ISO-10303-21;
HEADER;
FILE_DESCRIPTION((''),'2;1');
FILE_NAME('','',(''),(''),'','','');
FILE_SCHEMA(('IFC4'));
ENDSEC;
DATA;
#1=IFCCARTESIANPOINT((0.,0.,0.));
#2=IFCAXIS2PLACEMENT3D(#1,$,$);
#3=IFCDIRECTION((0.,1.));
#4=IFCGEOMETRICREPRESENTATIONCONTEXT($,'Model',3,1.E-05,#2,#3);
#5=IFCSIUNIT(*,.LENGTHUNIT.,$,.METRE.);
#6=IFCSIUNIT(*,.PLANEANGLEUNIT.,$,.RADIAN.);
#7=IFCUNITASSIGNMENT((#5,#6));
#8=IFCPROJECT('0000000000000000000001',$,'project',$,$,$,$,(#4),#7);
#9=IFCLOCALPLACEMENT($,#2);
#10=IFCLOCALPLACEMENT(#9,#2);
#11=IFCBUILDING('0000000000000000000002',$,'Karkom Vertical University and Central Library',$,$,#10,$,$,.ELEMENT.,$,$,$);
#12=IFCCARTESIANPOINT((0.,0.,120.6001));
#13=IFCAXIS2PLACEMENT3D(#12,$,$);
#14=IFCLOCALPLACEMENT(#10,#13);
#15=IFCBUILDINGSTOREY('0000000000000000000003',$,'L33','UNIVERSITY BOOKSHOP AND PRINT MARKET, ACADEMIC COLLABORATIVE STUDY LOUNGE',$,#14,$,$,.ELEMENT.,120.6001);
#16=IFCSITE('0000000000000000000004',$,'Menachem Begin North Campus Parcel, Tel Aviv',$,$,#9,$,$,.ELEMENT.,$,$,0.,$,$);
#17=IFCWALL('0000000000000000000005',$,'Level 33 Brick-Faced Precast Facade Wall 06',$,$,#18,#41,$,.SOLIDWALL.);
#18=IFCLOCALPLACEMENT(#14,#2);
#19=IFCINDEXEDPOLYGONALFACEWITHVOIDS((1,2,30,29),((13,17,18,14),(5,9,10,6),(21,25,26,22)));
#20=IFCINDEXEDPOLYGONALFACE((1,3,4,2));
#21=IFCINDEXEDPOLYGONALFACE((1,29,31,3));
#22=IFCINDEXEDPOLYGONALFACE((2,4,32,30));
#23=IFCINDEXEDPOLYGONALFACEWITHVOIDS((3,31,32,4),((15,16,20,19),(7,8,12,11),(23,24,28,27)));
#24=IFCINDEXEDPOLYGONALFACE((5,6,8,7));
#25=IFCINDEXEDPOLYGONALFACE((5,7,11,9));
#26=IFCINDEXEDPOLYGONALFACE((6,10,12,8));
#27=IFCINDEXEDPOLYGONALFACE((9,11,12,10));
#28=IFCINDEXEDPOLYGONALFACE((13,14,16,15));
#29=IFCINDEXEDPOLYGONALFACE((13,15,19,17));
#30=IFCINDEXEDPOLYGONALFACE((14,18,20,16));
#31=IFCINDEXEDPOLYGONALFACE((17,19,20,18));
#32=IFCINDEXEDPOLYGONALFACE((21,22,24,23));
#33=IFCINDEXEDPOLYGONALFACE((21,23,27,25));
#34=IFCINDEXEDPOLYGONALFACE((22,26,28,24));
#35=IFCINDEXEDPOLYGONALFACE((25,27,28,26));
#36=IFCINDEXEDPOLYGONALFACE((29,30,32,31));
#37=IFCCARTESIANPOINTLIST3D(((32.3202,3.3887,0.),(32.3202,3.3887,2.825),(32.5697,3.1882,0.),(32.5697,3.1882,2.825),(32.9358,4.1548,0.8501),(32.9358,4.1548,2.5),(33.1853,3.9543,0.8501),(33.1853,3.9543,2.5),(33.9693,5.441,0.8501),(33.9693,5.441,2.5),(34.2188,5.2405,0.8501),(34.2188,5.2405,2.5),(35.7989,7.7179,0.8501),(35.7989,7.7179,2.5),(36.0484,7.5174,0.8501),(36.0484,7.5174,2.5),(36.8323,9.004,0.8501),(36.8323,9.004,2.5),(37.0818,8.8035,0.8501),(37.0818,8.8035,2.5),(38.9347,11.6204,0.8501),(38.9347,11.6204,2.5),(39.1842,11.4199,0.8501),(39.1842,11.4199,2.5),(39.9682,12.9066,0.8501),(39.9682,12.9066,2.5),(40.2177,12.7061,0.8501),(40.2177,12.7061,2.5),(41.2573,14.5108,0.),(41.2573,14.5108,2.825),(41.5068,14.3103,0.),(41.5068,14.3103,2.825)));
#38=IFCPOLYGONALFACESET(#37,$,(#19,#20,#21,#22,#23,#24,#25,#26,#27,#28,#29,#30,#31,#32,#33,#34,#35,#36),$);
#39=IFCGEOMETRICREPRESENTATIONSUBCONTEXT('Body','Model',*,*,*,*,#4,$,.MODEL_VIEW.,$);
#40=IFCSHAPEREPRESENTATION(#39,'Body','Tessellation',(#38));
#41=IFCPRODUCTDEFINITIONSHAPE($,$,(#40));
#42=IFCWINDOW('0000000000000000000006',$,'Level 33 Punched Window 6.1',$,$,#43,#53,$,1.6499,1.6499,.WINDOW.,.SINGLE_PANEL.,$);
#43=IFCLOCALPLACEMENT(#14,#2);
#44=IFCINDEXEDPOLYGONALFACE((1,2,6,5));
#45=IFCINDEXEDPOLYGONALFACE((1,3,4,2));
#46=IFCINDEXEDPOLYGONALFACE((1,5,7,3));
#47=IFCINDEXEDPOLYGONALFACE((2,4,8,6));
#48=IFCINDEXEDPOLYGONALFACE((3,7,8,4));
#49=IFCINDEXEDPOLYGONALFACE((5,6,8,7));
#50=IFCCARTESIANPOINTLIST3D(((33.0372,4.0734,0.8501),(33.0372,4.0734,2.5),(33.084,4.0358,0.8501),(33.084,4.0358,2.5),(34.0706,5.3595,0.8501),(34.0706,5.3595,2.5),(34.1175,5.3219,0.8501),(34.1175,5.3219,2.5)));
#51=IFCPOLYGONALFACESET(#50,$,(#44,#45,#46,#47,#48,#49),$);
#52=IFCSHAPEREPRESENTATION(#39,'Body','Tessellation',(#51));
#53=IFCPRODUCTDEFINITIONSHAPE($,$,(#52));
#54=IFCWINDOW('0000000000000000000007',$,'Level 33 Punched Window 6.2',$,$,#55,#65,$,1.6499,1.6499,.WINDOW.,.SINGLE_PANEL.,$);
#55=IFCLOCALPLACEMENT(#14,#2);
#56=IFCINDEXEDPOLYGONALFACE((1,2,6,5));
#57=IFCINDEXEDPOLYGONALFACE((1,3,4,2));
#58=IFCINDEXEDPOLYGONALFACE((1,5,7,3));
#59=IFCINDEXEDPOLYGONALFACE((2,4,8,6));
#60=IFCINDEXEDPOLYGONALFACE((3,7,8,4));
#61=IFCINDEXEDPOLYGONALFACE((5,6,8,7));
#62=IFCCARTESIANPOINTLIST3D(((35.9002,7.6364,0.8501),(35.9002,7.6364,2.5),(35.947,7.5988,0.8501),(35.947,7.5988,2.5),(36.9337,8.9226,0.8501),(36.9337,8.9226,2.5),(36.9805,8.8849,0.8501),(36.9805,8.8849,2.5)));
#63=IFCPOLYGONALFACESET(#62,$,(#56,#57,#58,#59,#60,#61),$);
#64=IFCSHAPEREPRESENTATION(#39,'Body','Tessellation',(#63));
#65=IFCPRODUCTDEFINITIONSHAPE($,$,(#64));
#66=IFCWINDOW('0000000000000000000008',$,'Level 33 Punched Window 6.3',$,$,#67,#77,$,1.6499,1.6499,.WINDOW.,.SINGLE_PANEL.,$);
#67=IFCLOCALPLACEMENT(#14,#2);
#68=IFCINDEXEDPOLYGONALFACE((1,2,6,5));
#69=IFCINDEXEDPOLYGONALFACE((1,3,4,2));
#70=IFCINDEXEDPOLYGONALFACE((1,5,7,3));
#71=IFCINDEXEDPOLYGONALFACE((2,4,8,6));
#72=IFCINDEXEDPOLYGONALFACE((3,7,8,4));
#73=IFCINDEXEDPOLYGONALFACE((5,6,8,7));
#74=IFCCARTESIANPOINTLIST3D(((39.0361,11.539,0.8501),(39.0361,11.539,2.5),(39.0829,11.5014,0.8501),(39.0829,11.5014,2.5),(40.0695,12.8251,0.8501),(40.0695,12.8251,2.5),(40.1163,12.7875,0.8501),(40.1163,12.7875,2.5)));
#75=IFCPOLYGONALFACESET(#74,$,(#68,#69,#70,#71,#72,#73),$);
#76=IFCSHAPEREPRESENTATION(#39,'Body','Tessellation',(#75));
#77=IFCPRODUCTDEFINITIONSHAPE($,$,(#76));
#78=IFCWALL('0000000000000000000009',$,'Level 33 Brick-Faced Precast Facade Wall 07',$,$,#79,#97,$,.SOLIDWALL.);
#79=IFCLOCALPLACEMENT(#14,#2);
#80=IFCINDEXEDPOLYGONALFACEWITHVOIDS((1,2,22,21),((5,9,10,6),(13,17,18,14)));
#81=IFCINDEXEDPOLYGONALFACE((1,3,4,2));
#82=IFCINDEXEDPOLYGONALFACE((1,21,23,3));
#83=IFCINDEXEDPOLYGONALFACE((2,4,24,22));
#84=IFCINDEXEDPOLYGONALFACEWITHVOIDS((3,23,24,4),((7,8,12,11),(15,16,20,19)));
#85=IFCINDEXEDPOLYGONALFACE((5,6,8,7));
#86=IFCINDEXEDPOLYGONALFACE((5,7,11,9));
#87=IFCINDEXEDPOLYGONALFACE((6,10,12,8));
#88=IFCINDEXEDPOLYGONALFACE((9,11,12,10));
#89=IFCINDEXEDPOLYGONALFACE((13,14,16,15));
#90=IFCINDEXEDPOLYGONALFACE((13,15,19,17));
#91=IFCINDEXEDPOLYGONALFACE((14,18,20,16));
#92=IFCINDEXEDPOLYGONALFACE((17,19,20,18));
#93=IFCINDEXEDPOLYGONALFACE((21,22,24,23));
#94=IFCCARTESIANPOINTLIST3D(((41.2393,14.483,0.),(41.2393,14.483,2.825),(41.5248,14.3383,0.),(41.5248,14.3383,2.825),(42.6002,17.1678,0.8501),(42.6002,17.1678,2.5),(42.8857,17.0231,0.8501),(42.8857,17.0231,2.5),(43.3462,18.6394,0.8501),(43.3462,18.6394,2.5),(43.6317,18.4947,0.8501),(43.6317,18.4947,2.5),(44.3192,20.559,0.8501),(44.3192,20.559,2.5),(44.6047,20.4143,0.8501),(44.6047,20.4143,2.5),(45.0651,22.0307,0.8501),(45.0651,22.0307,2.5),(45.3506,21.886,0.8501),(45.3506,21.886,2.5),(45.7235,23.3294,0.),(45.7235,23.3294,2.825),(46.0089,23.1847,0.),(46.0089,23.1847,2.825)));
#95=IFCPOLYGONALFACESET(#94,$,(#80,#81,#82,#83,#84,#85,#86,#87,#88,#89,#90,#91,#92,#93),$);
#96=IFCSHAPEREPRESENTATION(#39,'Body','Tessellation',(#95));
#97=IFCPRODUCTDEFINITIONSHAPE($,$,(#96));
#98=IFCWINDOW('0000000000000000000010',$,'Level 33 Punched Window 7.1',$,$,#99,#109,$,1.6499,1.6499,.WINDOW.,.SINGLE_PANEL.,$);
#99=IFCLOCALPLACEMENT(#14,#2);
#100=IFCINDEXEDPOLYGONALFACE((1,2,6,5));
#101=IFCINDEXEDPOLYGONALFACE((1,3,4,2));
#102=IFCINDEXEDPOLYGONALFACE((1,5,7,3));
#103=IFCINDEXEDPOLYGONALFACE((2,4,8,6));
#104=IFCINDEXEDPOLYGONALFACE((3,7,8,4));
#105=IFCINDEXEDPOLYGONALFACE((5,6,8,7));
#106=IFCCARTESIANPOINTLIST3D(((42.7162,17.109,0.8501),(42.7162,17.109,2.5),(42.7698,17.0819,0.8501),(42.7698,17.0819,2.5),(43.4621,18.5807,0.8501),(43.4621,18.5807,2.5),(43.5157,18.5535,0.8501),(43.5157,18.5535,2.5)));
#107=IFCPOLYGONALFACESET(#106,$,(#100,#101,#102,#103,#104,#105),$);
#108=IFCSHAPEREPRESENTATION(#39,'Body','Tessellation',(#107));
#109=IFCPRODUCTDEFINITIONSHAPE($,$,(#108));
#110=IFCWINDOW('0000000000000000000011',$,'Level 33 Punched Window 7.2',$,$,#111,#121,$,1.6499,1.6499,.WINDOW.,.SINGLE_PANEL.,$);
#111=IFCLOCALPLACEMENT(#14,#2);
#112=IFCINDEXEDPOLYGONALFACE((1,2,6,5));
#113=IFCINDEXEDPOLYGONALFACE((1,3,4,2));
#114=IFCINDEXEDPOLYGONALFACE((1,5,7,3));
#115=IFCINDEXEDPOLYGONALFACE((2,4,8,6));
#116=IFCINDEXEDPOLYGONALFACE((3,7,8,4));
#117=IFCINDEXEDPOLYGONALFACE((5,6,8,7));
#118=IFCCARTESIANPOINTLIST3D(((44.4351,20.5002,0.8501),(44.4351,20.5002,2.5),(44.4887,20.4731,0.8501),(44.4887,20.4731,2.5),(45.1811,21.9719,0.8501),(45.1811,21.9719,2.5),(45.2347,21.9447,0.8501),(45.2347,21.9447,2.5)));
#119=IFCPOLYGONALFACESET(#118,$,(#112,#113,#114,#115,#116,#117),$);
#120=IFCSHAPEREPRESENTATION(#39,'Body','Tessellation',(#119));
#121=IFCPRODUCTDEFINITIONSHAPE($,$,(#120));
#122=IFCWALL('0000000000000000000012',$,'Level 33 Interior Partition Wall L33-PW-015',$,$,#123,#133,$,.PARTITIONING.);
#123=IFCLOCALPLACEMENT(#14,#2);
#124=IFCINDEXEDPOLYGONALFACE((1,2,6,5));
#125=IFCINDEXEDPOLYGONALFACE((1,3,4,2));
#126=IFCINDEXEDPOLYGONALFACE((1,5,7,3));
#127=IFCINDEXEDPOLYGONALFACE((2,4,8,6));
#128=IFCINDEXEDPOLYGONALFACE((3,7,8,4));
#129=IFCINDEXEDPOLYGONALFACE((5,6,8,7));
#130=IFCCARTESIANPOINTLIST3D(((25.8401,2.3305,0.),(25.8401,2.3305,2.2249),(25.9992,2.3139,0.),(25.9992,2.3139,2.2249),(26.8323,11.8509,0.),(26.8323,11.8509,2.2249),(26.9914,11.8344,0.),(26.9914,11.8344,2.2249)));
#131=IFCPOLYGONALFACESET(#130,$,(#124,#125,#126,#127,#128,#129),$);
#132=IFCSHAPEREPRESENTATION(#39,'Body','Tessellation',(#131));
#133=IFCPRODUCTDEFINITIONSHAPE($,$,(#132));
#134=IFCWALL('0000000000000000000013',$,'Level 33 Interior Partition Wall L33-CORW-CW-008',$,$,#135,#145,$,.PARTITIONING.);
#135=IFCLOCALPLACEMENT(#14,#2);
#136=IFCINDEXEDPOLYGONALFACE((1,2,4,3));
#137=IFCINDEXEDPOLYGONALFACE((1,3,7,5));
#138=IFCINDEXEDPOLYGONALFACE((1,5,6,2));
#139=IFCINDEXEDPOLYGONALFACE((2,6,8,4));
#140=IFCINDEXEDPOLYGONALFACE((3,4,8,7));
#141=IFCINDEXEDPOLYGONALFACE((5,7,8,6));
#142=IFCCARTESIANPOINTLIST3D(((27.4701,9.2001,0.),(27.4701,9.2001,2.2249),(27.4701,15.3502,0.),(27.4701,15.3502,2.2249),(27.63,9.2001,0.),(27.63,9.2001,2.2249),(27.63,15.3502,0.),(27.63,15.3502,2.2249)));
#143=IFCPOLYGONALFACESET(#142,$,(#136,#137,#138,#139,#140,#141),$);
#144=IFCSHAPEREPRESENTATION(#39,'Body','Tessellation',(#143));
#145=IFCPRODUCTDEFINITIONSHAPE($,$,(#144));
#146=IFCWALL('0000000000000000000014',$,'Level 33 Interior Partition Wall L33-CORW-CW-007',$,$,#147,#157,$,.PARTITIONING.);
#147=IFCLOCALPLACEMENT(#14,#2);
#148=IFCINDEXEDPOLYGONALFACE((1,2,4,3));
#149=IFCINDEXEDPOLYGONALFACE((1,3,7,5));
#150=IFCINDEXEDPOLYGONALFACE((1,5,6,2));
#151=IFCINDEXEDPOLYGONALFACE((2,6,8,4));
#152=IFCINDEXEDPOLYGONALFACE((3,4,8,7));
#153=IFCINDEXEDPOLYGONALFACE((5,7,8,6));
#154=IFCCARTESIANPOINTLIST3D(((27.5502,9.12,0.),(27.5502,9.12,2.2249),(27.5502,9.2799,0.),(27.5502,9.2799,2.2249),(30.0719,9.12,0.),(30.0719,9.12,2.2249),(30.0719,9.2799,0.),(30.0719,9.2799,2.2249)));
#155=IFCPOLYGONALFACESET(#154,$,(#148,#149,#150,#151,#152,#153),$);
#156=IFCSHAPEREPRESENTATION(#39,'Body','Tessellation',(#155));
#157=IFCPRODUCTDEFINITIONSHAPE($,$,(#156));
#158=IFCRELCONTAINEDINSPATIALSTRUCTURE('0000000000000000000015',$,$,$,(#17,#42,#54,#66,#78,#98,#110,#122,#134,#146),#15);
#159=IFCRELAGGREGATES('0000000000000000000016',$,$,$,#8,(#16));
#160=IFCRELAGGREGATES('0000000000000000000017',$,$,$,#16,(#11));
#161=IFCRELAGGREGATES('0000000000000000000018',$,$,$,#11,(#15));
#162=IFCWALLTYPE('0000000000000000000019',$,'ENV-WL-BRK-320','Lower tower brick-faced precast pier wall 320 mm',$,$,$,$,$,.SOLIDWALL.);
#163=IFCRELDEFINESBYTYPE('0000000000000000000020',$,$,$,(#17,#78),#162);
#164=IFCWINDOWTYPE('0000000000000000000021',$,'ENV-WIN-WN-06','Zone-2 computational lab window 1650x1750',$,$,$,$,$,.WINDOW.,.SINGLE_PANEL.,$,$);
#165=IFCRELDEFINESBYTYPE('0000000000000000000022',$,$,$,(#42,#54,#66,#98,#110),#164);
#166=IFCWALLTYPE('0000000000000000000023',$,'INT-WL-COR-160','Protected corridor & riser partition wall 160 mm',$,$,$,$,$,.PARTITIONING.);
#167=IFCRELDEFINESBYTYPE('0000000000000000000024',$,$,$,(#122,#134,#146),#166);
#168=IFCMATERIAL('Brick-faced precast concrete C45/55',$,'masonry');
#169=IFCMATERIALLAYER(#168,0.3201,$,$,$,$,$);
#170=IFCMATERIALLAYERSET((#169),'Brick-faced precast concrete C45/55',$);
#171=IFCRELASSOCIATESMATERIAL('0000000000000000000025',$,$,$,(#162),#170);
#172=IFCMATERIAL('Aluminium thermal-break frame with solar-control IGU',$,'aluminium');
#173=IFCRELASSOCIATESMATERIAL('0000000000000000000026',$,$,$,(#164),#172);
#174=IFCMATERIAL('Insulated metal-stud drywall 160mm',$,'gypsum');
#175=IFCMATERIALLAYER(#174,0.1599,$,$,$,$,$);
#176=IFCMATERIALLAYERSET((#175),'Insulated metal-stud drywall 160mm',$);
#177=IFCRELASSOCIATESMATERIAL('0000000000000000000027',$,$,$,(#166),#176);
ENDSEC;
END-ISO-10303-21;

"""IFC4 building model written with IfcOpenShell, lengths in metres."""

from ifc_helpers import new_model, si_unit, direction, frame, frame_2d, origin, origin_with_axes, place, context, subcontext, project, spatial, rectangle, extrude, source, transform, mapped, material, layer, layer_set, type_object, element, fill, save


model = new_model("IFC4")

# Units and contexts
model_context = context("Model", 3, precision=1e-05, world=origin(), true_north=direction((0.0, 1.0)))
body_context = subcontext(model_context, "Body", "Model", "MODEL_VIEW")
ifc_project = project(units=[si_unit("LENGTHUNIT", "METRE"), si_unit("PLANEANGLEUNIT", "RADIAN")], contexts=[model_context])

# Site, building, storey
site_placement = place(None, origin())
site = spatial("IfcSite", under=ifc_project, at=site_placement, Name="Menachem Begin North Campus Parcel, Tel Aviv", CompositionType="ELEMENT", RefElevation=0.0)
building_placement = place(site_placement, origin())
building = spatial("IfcBuilding", under=site, at=building_placement, Name="Karkom Vertical University and Central Library", CompositionType="ELEMENT")
storey_placement = place(building_placement, frame((0.0, 0.0, 120.6001)))
storey = spatial("IfcBuildingStorey", under=building, at=storey_placement, Name="L33", Description="UNIVERSITY BOOKSHOP AND PRINT MARKET, ACADEMIC COLLABORATIVE STUDY LOUNGE", CompositionType="ELEMENT", Elevation=120.6001)

# Walls, openings, windows
ifc_material_1 = material(Name="Brick-faced precast concrete C45/55", Category="masonry")
ifc_layer_1 = layer(ifc_material_1, 0.3201)
ifc_layer_set_1 = layer_set([ifc_layer_1], Name="Brick-faced precast concrete C45/55")
wall_type_1 = type_object("IfcWallType", Name="ENV-WL-BRK-320", Description="Lower tower brick-faced precast pier wall 320 mm", PredefinedType="SOLIDWALL", material=ifc_layer_set_1)
wall_1_placement = place(storey_placement, frame((32.4451, 3.2886, 0.0), z_axis=(0.0, 0.0, 1.0), x_axis=(0.626376, 0.779521, 0.0)))
wall_1 = element("IfcWall", 1, at=wall_1_placement, inside=storey, type_object=wall_type_1, Name="Level 33 Brick-Faced Precast Facade Wall 06", PredefinedType="SOLIDWALL", context=body_context, shape_type="SweptSolid", body=[
    extrude(rectangle(XDim=14.2678, YDim=0.3201, at=frame_2d((7.1338, 0.0))), origin(), (0.0, 0.0, 1.0), 2.825),
])
opening_1_placement = place(wall_1_placement, frame((0.9827, 0.0, 0.8501)))
opening_1 = element("IfcOpeningElement", 2, at=opening_1_placement, cuts=wall_1, PredefinedType="OPENING", context=body_context, shape_type="SweptSolid", body=[
    extrude(rectangle(XDim=1.6499, YDim=1.6499, at=frame_2d((0.825, 0.825))), frame((0.0, 0.1699, 0.0), z_axis=(0.0, -1.0, 0.0), x_axis=(1.0, 0.0, 0.0)), (0.0, 0.0, 1.0), 0.3401),
])
opening_2_placement = place(wall_1_placement, frame((5.5535, 0.0, 0.8501)))
opening_2 = element("IfcOpeningElement", 3, at=opening_2_placement, cuts=wall_1, PredefinedType="OPENING", context=body_context, shape_type="SweptSolid", body=[
    extrude(rectangle(XDim=1.6499, YDim=1.6499, at=frame_2d((0.825, 0.825))), frame((0.0, 0.1699, 0.0), z_axis=(0.0, -1.0, 0.0), x_axis=(1.0, 0.0, 0.0)), (0.0, 0.0, 1.0), 0.3401),
])
opening_3_placement = place(wall_1_placement, frame((10.5598, 0.0, 0.8501)))
opening_3 = element("IfcOpeningElement", 4, at=opening_3_placement, cuts=wall_1, PredefinedType="OPENING", context=body_context, shape_type="SweptSolid", body=[
    extrude(rectangle(XDim=1.6499, YDim=1.6499, at=frame_2d((0.825, 0.825))), frame((0.0, 0.1699, 0.0), z_axis=(0.0, -1.0, 0.0), x_axis=(1.0, 0.0, 0.0)), (0.0, 0.0, 1.0), 0.3401),
])
ifc_material_2 = material(Name="Aluminium thermal-break frame with solar-control IGU", Category="aluminium")
window_type = type_object("IfcWindowType", Name="ENV-WIN-WN-06", Description="Zone-2 computational lab window 1650x1750", PartitioningType="SINGLE_PANEL", PredefinedType="WINDOW", material=ifc_material_2)
shared_shape_1 = source(origin_with_axes(), body_context, "Body", "SweptSolid", [
    extrude(rectangle(XDim=1.6499, YDim=1.6499, at=frame_2d((0.825, 0.825))), frame((0.0, 0.03, 0.0), z_axis=(0.0, -1.0, 0.0), x_axis=(1.0, 0.0, 0.0)), (0.0, 0.0, 1.0), 0.0601),
])
window_1_placement = place(opening_1_placement, origin())
window_1 = element("IfcWindow", 5, at=window_1_placement, inside=storey, type_object=window_type, Name="Level 33 Punched Window 6.1", OverallHeight=1.6499, OverallWidth=1.6499, PartitioningType="SINGLE_PANEL", PredefinedType="WINDOW", context=body_context, shape_type="MappedRepresentation", body=[
    mapped(shared_shape_1, transform((0.0, 0.0, 0.0), scale=1.0)),
])
fill(opening_1, window_1)
window_2_placement = place(opening_2_placement, origin())
window_2 = element("IfcWindow", 6, at=window_2_placement, inside=storey, type_object=window_type, Name="Level 33 Punched Window 6.2", OverallHeight=1.6499, OverallWidth=1.6499, PartitioningType="SINGLE_PANEL", PredefinedType="WINDOW", context=body_context, shape_type="MappedRepresentation", body=[
    mapped(shared_shape_1, transform((0.0, 0.0, 0.0), scale=1.0)),
])
fill(opening_2, window_2)
window_3_placement = place(opening_3_placement, origin())
window_3 = element("IfcWindow", 7, at=window_3_placement, inside=storey, type_object=window_type, Name="Level 33 Punched Window 6.3", OverallHeight=1.6499, OverallWidth=1.6499, PartitioningType="SINGLE_PANEL", PredefinedType="WINDOW", context=body_context, shape_type="MappedRepresentation", body=[
    mapped(shared_shape_1, transform((0.0, 0.0, 0.0), scale=1.0)),
])
fill(opening_3, window_3)
wall_2_placement = place(storey_placement, frame((41.3821, 14.4106, 0.0), z_axis=(0.0, 0.0, 1.0), x_axis=(0.45212, 0.891957, 0.0)))
wall_2 = element("IfcWall", 8, at=wall_2_placement, inside=storey, type_object=wall_type_1, Name="Level 33 Brick-Faced Precast Facade Wall 07", PredefinedType="SOLIDWALL", context=body_context, shape_type="SweptSolid", body=[
    extrude(rectangle(XDim=9.918, YDim=0.3201, at=frame_2d((4.959, 0.0))), origin(), (0.0, 0.0, 1.0), 2.825),
])
opening_4_placement = place(wall_2_placement, frame((3.01, 0.0, 0.8501)))
opening_4 = element("IfcOpeningElement", 9, at=opening_4_placement, cuts=wall_2, PredefinedType="OPENING", context=body_context, shape_type="SweptSolid", body=[
    extrude(rectangle(XDim=1.6499, YDim=1.6499, at=frame_2d((0.825, 0.825))), frame((0.0, 0.1699, 0.0), z_axis=(0.0, -1.0, 0.0), x_axis=(1.0, 0.0, 0.0)), (0.0, 0.0, 1.0), 0.3401),
])
opening_5_placement = place(wall_2_placement, frame((6.812, 0.0, 0.8501)))
opening_5 = element("IfcOpeningElement", 10, at=opening_5_placement, cuts=wall_2, PredefinedType="OPENING", context=body_context, shape_type="SweptSolid", body=[
    extrude(rectangle(XDim=1.6499, YDim=1.6499, at=frame_2d((0.825, 0.825))), frame((0.0, 0.1699, 0.0), z_axis=(0.0, -1.0, 0.0), x_axis=(1.0, 0.0, 0.0)), (0.0, 0.0, 1.0), 0.3401),
])
window_4_placement = place(opening_4_placement, origin())
window_4 = element("IfcWindow", 11, at=window_4_placement, inside=storey, type_object=window_type, Name="Level 33 Punched Window 7.1", OverallHeight=1.6499, OverallWidth=1.6499, PartitioningType="SINGLE_PANEL", PredefinedType="WINDOW", context=body_context, shape_type="MappedRepresentation", body=[
    mapped(shared_shape_1, transform((0.0, 0.0, 0.0), scale=1.0)),
])
fill(opening_4, window_4)
window_5_placement = place(opening_5_placement, origin())
window_5 = element("IfcWindow", 12, at=window_5_placement, inside=storey, type_object=window_type, Name="Level 33 Punched Window 7.2", OverallHeight=1.6499, OverallWidth=1.6499, PartitioningType="SINGLE_PANEL", PredefinedType="WINDOW", context=body_context, shape_type="MappedRepresentation", body=[
    mapped(shared_shape_1, transform((0.0, 0.0, 0.0), scale=1.0)),
])
fill(opening_5, window_5)

# Wall
ifc_material_3 = material(Name="Insulated metal-stud drywall 160mm", Category="gypsum")
ifc_layer_2 = layer(ifc_material_3, 0.1599)
ifc_layer_set_2 = layer_set([ifc_layer_2], Name="Insulated metal-stud drywall 160mm")
wall_type_2 = type_object("IfcWallType", Name="INT-WL-COR-160", Description="Protected corridor & riser partition wall 160 mm", PredefinedType="PARTITIONING", material=ifc_layer_set_2)
wall_3_placement = place(storey_placement, frame((26.9119, 11.8428, 0.0), z_axis=(0.0, 0.0, 1.0), x_axis=(-0.103654, -0.994613, 0.0)))
element("IfcWall", 13, at=wall_3_placement, inside=storey, type_object=wall_type_2, Name="Level 33 Interior Partition Wall L33-PW-015", PredefinedType="PARTITIONING", context=body_context, shape_type="SweptSolid", body=[
    extrude(rectangle(XDim=9.572, YDim=0.1599, at=frame_2d((4.7861, 0.0))), origin(), (0.0, 0.0, 1.0), 2.2249),
])

# Walls
wall_4_placement = place(storey_placement, frame((27.55, 9.2, 0.0), z_axis=(0.0, 0.0, 1.0), x_axis=(0.0, 1.0, 0.0)))
element("IfcWall", 14, at=wall_4_placement, inside=storey, type_object=wall_type_2, Name="Level 33 Interior Partition Wall L33-CORW-CW-008", PredefinedType="PARTITIONING", context=body_context, shape_type="SweptSolid", body=[
    extrude(rectangle(XDim=6.1501, YDim=0.1599, at=frame_2d((3.0752, 0.0))), origin(), (0.0, 0.0, 1.0), 2.2249),
])
wall_5_placement = place(storey_placement, frame((30.0718, 9.2, 0.0), z_axis=(0.0, 0.0, 1.0), x_axis=(-1.0, 0.0, 0.0)))
element("IfcWall", 15, at=wall_5_placement, inside=storey, type_object=wall_type_2, Name="Level 33 Interior Partition Wall L33-CORW-CW-007", PredefinedType="PARTITIONING", context=body_context, shape_type="SweptSolid", body=[
    extrude(rectangle(XDim=2.5217, YDim=0.1599, at=frame_2d((1.2607, 0.0))), origin(), (0.0, 0.0, 1.0), 2.2249),
])

save(model, "model.ifc")
